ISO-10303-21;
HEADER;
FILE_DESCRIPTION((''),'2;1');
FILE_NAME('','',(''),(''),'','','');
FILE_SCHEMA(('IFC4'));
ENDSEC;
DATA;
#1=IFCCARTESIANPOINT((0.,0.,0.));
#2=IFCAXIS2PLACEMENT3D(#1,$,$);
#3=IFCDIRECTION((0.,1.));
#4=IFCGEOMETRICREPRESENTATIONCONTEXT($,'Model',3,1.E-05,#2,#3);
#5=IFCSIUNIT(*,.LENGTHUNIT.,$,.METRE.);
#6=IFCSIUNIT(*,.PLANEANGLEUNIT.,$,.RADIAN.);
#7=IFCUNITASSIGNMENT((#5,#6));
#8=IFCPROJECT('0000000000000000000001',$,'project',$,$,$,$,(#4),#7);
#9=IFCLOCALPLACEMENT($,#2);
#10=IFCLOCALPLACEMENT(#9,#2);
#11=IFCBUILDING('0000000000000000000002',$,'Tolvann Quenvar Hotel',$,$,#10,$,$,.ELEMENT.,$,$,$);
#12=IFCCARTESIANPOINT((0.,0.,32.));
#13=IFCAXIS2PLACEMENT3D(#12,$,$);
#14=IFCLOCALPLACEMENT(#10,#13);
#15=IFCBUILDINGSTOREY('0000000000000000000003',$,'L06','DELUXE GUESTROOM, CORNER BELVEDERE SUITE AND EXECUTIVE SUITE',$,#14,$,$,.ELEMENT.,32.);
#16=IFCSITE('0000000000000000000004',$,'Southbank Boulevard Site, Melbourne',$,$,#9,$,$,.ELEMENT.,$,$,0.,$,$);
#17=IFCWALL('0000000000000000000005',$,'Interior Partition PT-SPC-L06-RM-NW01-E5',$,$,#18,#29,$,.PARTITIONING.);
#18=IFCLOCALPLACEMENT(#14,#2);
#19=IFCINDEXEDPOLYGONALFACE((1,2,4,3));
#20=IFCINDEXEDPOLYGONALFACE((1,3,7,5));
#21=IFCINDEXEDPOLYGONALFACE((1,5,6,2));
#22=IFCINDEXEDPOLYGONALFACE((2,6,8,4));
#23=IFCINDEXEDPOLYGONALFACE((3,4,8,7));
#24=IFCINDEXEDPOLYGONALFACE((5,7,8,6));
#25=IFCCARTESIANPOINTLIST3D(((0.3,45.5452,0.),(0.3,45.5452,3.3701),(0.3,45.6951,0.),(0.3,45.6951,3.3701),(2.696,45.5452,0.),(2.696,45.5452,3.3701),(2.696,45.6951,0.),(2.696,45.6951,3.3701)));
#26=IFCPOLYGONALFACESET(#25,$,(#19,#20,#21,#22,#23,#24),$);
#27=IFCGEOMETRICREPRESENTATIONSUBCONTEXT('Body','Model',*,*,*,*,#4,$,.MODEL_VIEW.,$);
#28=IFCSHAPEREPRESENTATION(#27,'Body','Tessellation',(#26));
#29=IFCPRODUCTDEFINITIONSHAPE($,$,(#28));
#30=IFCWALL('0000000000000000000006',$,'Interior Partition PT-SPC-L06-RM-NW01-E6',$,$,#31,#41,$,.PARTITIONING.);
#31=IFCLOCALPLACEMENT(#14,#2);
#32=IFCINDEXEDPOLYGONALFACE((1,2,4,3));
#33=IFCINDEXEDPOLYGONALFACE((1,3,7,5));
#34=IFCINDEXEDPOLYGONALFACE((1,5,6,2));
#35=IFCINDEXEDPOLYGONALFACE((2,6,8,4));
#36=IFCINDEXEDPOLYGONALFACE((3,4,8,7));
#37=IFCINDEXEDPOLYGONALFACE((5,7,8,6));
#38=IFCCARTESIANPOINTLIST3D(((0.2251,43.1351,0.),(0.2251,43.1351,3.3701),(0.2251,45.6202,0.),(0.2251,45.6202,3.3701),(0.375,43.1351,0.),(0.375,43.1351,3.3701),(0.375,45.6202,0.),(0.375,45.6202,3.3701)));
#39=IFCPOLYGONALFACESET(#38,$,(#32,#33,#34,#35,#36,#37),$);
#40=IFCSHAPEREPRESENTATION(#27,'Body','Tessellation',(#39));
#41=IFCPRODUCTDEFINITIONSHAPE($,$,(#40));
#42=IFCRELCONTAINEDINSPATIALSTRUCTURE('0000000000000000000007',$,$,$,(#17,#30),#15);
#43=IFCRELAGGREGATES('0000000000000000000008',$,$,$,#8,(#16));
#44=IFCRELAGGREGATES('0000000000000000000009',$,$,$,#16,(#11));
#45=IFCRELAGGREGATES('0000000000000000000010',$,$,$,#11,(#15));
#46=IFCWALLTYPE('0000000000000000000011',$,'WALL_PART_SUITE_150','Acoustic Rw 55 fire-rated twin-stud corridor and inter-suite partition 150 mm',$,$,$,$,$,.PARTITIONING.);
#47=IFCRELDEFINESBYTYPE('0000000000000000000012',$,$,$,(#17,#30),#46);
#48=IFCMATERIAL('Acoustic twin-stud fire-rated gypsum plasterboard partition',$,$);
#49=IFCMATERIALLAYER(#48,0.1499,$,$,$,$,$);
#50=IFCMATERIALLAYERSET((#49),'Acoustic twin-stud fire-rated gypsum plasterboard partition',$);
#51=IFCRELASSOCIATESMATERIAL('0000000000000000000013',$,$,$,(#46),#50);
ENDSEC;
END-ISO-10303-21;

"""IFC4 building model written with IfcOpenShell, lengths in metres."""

from ifc_helpers import new_model, si_unit, direction, frame, frame_2d, origin, place, context, subcontext, project, spatial, rectangle, extrude, material, layer, layer_set, type_object, element, save


model = new_model("IFC4")

# Units and contexts
model_context = context("Model", 3, precision=1e-05, world=origin(), true_north=direction((0.0, 1.0)))
body_context = subcontext(model_context, "Body", "Model", "MODEL_VIEW")
ifc_project = project(units=[si_unit("LENGTHUNIT", "METRE"), si_unit("PLANEANGLEUNIT", "RADIAN")], contexts=[model_context])

# Site, building, storey
site_placement = place(None, origin())
site = spatial("IfcSite", under=ifc_project, at=site_placement, Name="Southbank Boulevard Site, Melbourne", CompositionType="ELEMENT", RefElevation=0.0)
building_placement = place(site_placement, origin())
building = spatial("IfcBuilding", under=site, at=building_placement, Name="Tolvann Quenvar Hotel", CompositionType="ELEMENT")
storey_placement = place(building_placement, frame((0.0, 0.0, 32.0)))
storey = spatial("IfcBuildingStorey", under=building, at=storey_placement, Name="L06", Description="DELUXE GUESTROOM, CORNER BELVEDERE SUITE AND EXECUTIVE SUITE", CompositionType="ELEMENT", Elevation=32.0)

# Walls
ifc_material_1 = material(Name="Acoustic twin-stud fire-rated gypsum plasterboard partition")
ifc_layer_1 = layer(ifc_material_1, 0.1499)
ifc_layer_set_1 = layer_set([ifc_layer_1], Name="Acoustic twin-stud fire-rated gypsum plasterboard partition")
wall_type_1 = type_object("IfcWallType", Name="WALL_PART_SUITE_150", Description="Acoustic Rw 55 fire-rated twin-stud corridor and inter-suite partition 150 mm", PredefinedType="PARTITIONING", material=ifc_layer_set_1)
wall_1_placement = place(storey_placement, frame((0.3, 45.6201, 0.0), z_axis=(0.0, 0.0, 1.0), x_axis=(1.0, 0.0, 0.0)))
element("IfcWall", 1, at=wall_1_placement, inside=storey, type_object=wall_type_1, Name="Interior Partition PT-SPC-L06-RM-NW01-E5", PredefinedType="PARTITIONING", context=body_context, shape_type="SweptSolid", body=[
    extrude(rectangle(XDim=2.396, YDim=0.1499, at=frame_2d((1.198, 0.0))), origin(), (0.0, 0.0, 1.0), 3.3701),
])
wall_2_placement = place(storey_placement, frame((0.3, 43.135, 0.0), z_axis=(0.0, 0.0, 1.0), x_axis=(0.0, 1.0, 0.0)))
element("IfcWall", 2, at=wall_2_placement, inside=storey, type_object=wall_type_1, Name="Interior Partition PT-SPC-L06-RM-NW01-E6", PredefinedType="PARTITIONING", context=body_context, shape_type="SweptSolid", body=[
    extrude(rectangle(XDim=2.4851, YDim=0.1499, at=frame_2d((1.2427, 0.0))), origin(), (0.0, 0.0, 1.0), 3.3701),
])

save(model, "model.ifc")
